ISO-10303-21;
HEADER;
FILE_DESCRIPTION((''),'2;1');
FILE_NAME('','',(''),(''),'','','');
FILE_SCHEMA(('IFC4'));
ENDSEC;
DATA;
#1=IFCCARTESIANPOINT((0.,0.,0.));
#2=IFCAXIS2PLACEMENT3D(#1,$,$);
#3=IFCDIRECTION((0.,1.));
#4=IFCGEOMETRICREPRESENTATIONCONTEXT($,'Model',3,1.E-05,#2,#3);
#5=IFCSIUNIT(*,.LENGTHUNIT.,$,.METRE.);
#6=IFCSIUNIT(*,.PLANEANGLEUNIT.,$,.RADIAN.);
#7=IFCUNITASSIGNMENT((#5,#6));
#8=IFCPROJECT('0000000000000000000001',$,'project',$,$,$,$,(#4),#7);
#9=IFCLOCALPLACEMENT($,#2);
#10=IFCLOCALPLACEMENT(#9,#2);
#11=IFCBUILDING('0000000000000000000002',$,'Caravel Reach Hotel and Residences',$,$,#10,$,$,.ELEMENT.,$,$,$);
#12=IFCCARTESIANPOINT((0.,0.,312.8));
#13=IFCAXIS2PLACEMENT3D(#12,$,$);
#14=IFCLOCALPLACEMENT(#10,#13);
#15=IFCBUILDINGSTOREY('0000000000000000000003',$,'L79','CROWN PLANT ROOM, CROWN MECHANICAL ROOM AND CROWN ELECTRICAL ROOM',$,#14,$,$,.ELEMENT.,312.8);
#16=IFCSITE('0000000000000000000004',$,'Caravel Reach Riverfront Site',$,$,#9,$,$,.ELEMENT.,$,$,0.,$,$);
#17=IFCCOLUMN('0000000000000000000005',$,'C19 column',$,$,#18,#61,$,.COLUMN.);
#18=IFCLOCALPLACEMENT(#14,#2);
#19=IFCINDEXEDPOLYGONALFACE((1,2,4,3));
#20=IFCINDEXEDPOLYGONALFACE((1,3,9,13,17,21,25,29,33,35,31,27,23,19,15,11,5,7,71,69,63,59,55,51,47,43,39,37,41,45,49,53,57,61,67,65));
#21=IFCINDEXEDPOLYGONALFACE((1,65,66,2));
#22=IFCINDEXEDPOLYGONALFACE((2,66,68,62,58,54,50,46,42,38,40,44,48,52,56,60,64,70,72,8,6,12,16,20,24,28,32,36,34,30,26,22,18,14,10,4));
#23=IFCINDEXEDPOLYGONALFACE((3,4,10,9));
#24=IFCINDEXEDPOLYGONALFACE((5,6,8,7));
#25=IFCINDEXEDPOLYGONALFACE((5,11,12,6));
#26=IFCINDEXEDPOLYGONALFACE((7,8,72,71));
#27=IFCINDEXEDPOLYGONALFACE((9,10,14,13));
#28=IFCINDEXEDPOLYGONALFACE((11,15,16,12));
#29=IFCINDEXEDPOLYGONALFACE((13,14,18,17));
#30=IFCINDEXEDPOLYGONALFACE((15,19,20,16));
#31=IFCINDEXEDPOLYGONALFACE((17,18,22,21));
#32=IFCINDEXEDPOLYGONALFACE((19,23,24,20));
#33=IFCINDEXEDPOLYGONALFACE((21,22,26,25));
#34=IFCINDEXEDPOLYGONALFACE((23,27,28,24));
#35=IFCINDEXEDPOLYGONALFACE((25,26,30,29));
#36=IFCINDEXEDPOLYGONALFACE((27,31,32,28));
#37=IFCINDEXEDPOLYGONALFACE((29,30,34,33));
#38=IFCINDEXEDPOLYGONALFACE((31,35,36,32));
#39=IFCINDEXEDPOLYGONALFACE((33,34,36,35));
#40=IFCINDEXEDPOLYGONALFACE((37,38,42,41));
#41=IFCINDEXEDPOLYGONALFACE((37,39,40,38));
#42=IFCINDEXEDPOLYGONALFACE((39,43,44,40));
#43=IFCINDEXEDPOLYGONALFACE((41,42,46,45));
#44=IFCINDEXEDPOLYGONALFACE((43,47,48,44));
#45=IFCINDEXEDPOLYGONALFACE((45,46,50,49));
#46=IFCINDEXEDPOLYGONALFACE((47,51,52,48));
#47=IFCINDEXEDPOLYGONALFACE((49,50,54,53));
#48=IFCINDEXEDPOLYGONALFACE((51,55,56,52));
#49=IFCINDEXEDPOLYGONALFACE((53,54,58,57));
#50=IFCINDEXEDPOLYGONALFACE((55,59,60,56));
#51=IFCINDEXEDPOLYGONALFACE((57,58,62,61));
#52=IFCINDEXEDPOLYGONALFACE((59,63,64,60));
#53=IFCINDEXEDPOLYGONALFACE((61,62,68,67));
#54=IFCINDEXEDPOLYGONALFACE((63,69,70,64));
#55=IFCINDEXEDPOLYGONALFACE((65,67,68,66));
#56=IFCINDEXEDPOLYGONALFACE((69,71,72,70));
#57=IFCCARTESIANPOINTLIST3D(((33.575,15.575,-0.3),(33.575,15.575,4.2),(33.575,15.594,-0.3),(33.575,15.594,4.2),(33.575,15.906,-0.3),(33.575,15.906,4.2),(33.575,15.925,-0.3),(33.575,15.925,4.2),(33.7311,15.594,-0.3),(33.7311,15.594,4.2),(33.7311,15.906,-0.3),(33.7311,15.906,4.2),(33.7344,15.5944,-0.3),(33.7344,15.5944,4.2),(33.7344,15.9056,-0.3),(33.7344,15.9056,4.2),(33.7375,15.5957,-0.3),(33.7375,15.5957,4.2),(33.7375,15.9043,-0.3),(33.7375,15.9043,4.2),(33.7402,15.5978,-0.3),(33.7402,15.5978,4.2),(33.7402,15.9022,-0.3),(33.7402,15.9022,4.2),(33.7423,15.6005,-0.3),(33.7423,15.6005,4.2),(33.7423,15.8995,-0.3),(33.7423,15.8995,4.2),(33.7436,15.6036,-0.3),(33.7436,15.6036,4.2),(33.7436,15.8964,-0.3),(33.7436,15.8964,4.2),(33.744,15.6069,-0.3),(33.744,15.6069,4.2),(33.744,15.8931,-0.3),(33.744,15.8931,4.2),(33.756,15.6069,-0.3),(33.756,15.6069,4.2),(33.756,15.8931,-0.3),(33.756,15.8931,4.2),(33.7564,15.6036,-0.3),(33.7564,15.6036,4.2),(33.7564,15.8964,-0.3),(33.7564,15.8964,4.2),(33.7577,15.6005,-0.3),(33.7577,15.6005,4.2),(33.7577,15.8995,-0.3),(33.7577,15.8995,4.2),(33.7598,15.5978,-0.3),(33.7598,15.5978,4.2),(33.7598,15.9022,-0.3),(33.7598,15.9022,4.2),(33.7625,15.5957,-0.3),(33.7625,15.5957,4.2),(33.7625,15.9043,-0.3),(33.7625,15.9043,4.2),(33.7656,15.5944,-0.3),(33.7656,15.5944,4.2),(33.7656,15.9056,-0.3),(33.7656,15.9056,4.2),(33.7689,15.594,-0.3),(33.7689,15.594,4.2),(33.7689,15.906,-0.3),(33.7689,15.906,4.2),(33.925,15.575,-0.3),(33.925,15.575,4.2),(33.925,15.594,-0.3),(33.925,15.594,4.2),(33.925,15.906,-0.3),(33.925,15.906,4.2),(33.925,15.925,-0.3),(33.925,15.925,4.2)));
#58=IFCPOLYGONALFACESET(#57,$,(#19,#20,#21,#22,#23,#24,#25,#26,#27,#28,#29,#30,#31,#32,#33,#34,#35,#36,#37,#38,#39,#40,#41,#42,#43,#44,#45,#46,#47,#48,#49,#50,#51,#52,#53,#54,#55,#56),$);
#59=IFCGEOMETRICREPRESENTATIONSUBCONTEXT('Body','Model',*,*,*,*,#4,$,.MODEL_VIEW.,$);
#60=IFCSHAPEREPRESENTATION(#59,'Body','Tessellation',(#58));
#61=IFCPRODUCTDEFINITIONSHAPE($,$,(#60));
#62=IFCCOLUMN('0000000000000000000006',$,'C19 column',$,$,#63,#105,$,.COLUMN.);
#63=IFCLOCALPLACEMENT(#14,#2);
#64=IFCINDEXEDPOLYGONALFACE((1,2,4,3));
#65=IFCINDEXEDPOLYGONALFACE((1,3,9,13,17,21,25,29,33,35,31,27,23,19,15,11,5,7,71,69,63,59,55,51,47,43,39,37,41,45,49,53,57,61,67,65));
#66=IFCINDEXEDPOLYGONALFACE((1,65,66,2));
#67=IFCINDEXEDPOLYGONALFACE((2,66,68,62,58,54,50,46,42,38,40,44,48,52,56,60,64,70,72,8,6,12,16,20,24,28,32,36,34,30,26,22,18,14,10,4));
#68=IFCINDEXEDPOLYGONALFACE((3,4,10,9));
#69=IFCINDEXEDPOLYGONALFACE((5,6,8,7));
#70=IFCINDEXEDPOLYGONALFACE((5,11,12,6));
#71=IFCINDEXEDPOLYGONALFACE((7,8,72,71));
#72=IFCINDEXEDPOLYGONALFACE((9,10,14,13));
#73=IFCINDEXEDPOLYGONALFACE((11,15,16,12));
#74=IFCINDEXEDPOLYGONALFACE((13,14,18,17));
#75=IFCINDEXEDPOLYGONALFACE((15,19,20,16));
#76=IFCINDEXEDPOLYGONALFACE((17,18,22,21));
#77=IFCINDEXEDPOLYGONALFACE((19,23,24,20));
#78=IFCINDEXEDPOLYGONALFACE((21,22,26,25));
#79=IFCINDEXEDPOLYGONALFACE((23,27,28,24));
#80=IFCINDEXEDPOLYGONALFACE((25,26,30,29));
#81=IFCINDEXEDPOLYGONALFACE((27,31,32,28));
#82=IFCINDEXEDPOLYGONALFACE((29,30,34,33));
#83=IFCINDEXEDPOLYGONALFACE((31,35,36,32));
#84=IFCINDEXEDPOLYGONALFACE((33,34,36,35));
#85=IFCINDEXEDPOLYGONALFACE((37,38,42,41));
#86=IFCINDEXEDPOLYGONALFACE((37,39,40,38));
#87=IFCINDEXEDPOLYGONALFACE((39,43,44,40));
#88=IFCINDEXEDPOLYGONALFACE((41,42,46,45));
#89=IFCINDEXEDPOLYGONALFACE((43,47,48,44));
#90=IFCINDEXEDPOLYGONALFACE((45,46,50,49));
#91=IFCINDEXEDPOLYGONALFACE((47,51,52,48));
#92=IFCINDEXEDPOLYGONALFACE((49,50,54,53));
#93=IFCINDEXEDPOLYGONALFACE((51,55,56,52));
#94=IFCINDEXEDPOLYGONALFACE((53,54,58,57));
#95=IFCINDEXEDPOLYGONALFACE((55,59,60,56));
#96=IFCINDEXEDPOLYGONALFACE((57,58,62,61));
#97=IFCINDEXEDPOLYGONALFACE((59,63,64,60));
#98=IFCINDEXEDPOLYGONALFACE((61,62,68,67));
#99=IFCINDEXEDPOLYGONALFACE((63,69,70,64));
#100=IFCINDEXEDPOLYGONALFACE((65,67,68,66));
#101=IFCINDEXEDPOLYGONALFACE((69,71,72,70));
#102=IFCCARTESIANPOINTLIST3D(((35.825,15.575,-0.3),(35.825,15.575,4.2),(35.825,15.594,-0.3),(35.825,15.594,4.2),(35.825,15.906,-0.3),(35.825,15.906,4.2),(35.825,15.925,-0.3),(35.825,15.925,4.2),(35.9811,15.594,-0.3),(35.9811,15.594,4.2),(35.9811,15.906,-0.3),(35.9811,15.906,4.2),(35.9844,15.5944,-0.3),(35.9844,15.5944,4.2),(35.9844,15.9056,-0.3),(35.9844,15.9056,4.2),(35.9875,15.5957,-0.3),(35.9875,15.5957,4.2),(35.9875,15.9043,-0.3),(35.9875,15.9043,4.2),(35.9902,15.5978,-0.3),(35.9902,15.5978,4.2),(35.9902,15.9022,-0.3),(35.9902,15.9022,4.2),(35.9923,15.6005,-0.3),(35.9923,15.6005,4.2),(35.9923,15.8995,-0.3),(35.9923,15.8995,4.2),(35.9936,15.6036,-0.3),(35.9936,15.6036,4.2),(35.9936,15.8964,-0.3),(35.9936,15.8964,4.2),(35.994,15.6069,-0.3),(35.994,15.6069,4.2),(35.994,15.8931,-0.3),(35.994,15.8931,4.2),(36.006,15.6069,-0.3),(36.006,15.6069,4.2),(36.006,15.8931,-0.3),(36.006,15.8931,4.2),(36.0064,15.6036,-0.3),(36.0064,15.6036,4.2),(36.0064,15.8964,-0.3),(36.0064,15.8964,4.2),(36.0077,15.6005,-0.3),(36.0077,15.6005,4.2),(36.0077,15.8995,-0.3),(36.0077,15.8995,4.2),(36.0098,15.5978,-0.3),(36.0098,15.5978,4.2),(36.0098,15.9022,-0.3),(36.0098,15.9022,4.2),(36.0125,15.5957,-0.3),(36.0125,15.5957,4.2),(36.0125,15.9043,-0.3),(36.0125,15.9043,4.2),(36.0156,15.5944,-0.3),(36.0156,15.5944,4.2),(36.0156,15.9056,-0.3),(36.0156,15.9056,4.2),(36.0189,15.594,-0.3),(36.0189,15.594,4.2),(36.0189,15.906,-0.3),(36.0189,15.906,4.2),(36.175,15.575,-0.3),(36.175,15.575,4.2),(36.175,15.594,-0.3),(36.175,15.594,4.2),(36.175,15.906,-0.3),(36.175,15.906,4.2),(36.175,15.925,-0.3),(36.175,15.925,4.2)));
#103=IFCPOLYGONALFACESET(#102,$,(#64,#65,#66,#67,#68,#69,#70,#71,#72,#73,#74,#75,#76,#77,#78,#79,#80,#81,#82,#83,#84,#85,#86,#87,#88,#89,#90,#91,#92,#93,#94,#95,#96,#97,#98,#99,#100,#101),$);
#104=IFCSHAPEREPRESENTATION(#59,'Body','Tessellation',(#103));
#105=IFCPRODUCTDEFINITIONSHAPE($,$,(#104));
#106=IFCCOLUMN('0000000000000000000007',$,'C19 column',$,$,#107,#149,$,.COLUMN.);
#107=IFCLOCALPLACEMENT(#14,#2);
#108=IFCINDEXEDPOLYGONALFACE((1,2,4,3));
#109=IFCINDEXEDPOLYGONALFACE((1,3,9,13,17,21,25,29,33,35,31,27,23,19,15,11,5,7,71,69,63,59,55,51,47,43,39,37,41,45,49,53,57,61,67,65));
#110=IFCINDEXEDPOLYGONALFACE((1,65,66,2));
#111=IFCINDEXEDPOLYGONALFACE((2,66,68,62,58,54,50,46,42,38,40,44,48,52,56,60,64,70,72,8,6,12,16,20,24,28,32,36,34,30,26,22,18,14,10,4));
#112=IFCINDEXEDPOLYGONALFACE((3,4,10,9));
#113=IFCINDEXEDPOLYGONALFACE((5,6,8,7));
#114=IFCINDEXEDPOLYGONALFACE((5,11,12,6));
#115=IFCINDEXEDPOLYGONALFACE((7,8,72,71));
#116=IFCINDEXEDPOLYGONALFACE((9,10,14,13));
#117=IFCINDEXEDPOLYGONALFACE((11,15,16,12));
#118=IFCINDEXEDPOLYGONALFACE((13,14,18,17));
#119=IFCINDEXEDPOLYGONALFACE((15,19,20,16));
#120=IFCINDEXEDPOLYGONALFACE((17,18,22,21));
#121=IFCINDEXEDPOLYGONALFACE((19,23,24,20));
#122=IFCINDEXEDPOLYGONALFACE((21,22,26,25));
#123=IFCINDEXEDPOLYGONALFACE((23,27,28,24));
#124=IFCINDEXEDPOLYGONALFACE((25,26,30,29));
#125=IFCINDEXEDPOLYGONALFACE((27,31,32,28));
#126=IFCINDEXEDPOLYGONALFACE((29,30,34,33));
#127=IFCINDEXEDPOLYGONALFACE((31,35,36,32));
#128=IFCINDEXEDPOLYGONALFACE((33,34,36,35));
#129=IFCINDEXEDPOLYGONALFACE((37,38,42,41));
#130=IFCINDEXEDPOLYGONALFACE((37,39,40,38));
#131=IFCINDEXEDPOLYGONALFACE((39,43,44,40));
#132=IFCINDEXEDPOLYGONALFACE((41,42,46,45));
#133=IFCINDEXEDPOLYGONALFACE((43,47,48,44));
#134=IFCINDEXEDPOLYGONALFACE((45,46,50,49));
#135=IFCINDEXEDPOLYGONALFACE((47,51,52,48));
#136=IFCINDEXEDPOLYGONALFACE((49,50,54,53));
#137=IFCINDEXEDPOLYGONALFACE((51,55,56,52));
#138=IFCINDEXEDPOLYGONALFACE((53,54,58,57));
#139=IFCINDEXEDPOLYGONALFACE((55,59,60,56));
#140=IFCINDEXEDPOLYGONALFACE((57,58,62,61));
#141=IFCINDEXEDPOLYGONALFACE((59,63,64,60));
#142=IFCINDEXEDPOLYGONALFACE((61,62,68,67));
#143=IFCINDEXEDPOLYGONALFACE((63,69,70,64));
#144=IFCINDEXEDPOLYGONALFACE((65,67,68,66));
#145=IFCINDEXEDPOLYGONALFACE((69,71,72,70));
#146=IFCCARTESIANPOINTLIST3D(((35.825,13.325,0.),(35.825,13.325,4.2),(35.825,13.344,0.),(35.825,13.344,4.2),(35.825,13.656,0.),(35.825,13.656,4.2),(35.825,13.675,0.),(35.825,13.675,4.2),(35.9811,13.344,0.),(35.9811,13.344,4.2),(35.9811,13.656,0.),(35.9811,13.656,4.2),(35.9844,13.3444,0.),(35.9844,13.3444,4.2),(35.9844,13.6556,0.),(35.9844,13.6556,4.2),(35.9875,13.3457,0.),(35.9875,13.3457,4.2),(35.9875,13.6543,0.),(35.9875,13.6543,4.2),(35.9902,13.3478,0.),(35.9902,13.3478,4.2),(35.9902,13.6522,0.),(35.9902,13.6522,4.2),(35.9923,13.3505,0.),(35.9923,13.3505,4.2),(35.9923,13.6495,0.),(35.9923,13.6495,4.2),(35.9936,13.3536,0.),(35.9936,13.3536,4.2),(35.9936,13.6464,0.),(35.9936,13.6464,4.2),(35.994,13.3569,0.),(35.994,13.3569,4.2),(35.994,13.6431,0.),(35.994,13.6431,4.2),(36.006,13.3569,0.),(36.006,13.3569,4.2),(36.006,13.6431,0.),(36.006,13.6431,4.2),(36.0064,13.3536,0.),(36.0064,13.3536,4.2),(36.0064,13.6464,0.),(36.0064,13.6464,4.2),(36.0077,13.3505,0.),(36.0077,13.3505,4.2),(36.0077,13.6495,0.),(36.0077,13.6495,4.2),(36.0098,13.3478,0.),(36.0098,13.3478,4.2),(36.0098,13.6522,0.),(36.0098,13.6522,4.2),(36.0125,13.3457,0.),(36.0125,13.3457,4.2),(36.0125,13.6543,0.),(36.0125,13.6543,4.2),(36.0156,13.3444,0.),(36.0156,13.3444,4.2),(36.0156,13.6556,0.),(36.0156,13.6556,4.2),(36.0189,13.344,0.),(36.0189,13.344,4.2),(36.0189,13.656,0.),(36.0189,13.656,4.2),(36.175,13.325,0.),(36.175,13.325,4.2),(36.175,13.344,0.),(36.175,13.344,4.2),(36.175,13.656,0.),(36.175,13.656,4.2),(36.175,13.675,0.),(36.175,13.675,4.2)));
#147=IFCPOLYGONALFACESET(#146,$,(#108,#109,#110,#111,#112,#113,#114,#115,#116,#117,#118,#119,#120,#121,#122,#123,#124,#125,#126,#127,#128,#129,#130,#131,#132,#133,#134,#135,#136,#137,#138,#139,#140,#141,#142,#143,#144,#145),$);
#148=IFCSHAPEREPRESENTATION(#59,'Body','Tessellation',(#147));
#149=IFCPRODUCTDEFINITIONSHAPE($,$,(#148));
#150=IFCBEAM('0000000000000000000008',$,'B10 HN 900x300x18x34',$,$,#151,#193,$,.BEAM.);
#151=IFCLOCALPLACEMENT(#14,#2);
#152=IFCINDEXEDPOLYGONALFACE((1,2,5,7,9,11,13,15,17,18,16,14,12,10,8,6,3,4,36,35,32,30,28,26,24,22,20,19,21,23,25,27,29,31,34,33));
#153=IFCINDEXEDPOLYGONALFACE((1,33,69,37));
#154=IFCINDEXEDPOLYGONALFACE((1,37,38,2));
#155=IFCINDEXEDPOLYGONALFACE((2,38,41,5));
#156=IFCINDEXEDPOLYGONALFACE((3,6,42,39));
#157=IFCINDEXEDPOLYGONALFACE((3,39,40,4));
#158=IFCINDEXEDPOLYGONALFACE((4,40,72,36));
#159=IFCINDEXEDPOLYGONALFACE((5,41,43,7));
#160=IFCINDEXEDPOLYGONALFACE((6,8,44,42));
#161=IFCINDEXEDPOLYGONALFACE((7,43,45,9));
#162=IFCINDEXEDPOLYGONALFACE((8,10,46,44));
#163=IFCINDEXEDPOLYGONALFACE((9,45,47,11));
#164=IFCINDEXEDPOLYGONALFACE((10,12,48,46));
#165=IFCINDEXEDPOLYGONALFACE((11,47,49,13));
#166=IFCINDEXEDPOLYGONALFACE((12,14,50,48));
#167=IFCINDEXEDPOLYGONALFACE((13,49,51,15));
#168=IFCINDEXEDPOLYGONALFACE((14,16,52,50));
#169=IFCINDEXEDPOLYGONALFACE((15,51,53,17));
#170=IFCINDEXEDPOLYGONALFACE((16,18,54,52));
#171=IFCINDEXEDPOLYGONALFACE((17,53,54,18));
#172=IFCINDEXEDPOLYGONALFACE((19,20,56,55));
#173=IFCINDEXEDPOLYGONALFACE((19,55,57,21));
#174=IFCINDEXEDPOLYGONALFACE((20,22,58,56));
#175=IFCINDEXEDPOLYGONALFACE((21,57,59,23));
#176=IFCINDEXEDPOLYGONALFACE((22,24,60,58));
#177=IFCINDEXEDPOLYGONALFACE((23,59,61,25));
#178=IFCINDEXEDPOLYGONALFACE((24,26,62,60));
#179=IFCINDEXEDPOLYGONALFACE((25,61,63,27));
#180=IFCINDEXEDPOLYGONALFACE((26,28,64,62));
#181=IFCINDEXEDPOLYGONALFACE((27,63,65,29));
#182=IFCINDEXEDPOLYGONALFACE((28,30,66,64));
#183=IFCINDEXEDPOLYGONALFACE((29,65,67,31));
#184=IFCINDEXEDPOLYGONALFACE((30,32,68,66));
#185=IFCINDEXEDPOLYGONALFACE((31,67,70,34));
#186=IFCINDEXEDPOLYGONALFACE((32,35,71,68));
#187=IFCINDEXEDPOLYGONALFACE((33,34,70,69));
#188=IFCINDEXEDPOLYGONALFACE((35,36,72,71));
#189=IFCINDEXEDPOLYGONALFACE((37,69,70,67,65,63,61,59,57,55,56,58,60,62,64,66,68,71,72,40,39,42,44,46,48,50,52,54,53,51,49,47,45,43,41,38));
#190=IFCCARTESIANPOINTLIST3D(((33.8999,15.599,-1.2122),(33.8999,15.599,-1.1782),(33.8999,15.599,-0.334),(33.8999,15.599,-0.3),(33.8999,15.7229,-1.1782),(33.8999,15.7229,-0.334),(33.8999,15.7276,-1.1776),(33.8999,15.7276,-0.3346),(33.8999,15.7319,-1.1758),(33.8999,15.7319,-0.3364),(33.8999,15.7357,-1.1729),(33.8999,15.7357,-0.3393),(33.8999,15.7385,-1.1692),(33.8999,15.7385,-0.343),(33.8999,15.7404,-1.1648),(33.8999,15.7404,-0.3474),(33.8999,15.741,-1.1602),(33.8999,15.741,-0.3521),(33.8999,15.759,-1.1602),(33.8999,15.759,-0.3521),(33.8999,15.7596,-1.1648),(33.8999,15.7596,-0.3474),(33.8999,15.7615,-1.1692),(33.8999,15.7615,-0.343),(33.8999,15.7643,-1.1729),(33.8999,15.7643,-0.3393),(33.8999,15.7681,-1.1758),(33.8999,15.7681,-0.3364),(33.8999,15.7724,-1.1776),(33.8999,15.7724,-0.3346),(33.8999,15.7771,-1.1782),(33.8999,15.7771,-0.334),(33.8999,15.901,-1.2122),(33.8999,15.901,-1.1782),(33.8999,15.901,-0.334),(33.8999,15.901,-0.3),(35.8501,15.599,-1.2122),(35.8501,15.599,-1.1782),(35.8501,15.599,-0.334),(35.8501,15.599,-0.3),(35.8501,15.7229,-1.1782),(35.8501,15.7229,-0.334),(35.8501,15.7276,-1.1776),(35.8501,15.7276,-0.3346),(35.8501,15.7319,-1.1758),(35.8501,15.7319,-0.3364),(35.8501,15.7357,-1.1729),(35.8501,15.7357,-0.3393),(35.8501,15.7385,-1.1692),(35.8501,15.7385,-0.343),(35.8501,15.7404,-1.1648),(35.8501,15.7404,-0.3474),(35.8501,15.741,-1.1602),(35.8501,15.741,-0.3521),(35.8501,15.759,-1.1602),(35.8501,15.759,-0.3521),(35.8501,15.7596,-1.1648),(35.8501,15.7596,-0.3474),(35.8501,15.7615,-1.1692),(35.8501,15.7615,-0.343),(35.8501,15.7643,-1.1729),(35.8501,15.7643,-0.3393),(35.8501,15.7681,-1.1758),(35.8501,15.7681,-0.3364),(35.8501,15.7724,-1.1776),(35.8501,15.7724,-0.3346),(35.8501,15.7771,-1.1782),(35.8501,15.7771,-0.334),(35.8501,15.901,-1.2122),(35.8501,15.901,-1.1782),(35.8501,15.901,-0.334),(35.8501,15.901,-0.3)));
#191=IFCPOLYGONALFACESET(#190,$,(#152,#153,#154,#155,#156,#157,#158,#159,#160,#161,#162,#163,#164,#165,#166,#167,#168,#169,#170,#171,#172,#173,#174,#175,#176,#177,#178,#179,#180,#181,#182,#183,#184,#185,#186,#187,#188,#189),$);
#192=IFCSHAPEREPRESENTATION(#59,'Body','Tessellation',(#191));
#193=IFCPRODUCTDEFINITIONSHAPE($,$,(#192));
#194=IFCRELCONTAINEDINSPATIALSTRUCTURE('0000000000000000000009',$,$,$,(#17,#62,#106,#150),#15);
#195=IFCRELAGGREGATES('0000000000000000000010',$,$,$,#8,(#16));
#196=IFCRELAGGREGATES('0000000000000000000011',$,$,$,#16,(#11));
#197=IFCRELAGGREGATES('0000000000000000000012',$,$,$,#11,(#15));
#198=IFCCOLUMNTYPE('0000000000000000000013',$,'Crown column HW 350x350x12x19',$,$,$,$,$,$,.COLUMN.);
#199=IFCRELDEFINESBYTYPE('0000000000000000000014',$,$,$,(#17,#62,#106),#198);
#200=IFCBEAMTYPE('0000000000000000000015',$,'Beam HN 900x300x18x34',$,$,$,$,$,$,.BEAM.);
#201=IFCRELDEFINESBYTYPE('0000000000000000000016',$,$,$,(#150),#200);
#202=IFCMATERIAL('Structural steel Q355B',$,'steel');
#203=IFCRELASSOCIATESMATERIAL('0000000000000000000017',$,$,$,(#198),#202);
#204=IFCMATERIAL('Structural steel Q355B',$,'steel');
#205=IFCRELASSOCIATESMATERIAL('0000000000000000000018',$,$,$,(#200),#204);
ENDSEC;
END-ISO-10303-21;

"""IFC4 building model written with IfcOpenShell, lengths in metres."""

from ifc_helpers import new_model, si_unit, direction, frame, origin, origin_2d, place, context, subcontext, project, spatial, i_section, extrude, material, material_profile, profile_set, type_object, element, save


model = new_model("IFC4")

# Units and contexts
model_context = context("Model", 3, precision=1e-05, world=origin(), true_north=direction((0.0, 1.0)))
body_context = subcontext(model_context, "Body", "Model", "MODEL_VIEW")
ifc_project = project(units=[si_unit("LENGTHUNIT", "METRE"), si_unit("PLANEANGLEUNIT", "RADIAN")], contexts=[model_context])

# Site, building, storey
site_placement = place(None, origin())
site = spatial("IfcSite", under=ifc_project, at=site_placement, Name="Caravel Reach Riverfront Site", CompositionType="ELEMENT", RefElevation=0.0)
building_placement = place(site_placement, origin())
building = spatial("IfcBuilding", under=site, at=building_placement, Name="Caravel Reach Hotel and Residences", CompositionType="ELEMENT")
storey_placement = place(building_placement, frame((0.0, 0.0, 312.8)))
storey = spatial("IfcBuildingStorey", under=building, at=storey_placement, Name="L79", Description="CROWN PLANT ROOM, CROWN MECHANICAL ROOM AND CROWN ELECTRICAL ROOM", CompositionType="ELEMENT", Elevation=312.8)

# Columns
ifc_material_1 = material(Name="Structural steel Q355B", Category="steel")
ifc_material_profile_1 = material_profile(ifc_material_1, i_section(OverallWidth=0.3501, OverallDepth=0.3501, WebThickness=0.012, FlangeThickness=0.019, FilletRadius=0.0129, at=origin_2d()), Name="HW 350x350x12x19")
ifc_profile_set_1 = profile_set([ifc_material_profile_1], Name="Structural steel Q355B")
column_type = type_object("IfcColumnType", Name="Crown column HW 350x350x12x19", PredefinedType="COLUMN", material=ifc_profile_set_1)
for number, where, z_axis, x_axis, name in (
    (1, (33.75, 15.75, -0.3), (0.0, 0.0, 1.0), (1.0, 0.0, 0.0), "C19 column"),
    (2, (36.0, 15.75, -0.3), (0.0, 0.0, 1.0), (1.0, 0.0, 0.0), "C19 column"),
):
    element("IfcColumn", number, at=place(storey_placement, frame(where, z_axis=z_axis, x_axis=x_axis)), inside=storey, type_object=column_type, Name=name, PredefinedType="COLUMN", context=body_context, shape_type="SweptSolid", body=[
        extrude(i_section(OverallWidth=0.3501, OverallDepth=0.3501, WebThickness=0.012, FlangeThickness=0.019, FilletRadius=0.0129, at=origin_2d()), origin(), (0.0, 0.0, 1.0), 4.5),
    ])
column_placement = place(storey_placement, frame((36.0, 13.5, 0.0), z_axis=(0.0, 0.0, 1.0), x_axis=(1.0, 0.0, 0.0)))
element("IfcColumn", 3, at=column_placement, inside=storey, type_object=column_type, Name="C19 column", PredefinedType="COLUMN", context=body_context, shape_type="SweptSolid", body=[
    extrude(i_section(OverallWidth=0.3501, OverallDepth=0.3501, WebThickness=0.012, FlangeThickness=0.019, FilletRadius=0.0129, at=origin_2d()), origin(), (0.0, 0.0, 1.0), 4.2),
])

# Beam
ifc_material_2 = material(Name="Structural steel Q355B", Category="steel")
ifc_material_profile_2 = material_profile(ifc_material_2, i_section(OverallWidth=0.302, OverallDepth=0.9121, WebThickness=0.0181, FlangeThickness=0.0339, FilletRadius=0.0181, at=origin_2d()), Name="HN 900x300x18x34")
ifc_profile_set_2 = profile_set([ifc_material_profile_2], Name="Structural steel Q355B")
beam_type = type_object("IfcBeamType", Name="Beam HN 900x300x18x34", PredefinedType="BEAM", material=ifc_profile_set_2)
beam_1_placement = place(storey_placement, frame((33.8999, 15.75, -0.7561), z_axis=(1.0, 0.0, 0.0), x_axis=(0.0, 1.0, 0.0)))
element("IfcBeam", 4, at=beam_1_placement, inside=storey, type_object=beam_type, Name="B10 HN 900x300x18x34", PredefinedType="BEAM", context=body_context, shape_type="SweptSolid", body=[
    extrude(i_section(OverallWidth=0.302, OverallDepth=0.9121, WebThickness=0.0181, FlangeThickness=0.0339, FilletRadius=0.0181, at=origin_2d()), origin(), (0.0, 0.0, 1.0), 1.9502),
])

save(model, "model.ifc")
